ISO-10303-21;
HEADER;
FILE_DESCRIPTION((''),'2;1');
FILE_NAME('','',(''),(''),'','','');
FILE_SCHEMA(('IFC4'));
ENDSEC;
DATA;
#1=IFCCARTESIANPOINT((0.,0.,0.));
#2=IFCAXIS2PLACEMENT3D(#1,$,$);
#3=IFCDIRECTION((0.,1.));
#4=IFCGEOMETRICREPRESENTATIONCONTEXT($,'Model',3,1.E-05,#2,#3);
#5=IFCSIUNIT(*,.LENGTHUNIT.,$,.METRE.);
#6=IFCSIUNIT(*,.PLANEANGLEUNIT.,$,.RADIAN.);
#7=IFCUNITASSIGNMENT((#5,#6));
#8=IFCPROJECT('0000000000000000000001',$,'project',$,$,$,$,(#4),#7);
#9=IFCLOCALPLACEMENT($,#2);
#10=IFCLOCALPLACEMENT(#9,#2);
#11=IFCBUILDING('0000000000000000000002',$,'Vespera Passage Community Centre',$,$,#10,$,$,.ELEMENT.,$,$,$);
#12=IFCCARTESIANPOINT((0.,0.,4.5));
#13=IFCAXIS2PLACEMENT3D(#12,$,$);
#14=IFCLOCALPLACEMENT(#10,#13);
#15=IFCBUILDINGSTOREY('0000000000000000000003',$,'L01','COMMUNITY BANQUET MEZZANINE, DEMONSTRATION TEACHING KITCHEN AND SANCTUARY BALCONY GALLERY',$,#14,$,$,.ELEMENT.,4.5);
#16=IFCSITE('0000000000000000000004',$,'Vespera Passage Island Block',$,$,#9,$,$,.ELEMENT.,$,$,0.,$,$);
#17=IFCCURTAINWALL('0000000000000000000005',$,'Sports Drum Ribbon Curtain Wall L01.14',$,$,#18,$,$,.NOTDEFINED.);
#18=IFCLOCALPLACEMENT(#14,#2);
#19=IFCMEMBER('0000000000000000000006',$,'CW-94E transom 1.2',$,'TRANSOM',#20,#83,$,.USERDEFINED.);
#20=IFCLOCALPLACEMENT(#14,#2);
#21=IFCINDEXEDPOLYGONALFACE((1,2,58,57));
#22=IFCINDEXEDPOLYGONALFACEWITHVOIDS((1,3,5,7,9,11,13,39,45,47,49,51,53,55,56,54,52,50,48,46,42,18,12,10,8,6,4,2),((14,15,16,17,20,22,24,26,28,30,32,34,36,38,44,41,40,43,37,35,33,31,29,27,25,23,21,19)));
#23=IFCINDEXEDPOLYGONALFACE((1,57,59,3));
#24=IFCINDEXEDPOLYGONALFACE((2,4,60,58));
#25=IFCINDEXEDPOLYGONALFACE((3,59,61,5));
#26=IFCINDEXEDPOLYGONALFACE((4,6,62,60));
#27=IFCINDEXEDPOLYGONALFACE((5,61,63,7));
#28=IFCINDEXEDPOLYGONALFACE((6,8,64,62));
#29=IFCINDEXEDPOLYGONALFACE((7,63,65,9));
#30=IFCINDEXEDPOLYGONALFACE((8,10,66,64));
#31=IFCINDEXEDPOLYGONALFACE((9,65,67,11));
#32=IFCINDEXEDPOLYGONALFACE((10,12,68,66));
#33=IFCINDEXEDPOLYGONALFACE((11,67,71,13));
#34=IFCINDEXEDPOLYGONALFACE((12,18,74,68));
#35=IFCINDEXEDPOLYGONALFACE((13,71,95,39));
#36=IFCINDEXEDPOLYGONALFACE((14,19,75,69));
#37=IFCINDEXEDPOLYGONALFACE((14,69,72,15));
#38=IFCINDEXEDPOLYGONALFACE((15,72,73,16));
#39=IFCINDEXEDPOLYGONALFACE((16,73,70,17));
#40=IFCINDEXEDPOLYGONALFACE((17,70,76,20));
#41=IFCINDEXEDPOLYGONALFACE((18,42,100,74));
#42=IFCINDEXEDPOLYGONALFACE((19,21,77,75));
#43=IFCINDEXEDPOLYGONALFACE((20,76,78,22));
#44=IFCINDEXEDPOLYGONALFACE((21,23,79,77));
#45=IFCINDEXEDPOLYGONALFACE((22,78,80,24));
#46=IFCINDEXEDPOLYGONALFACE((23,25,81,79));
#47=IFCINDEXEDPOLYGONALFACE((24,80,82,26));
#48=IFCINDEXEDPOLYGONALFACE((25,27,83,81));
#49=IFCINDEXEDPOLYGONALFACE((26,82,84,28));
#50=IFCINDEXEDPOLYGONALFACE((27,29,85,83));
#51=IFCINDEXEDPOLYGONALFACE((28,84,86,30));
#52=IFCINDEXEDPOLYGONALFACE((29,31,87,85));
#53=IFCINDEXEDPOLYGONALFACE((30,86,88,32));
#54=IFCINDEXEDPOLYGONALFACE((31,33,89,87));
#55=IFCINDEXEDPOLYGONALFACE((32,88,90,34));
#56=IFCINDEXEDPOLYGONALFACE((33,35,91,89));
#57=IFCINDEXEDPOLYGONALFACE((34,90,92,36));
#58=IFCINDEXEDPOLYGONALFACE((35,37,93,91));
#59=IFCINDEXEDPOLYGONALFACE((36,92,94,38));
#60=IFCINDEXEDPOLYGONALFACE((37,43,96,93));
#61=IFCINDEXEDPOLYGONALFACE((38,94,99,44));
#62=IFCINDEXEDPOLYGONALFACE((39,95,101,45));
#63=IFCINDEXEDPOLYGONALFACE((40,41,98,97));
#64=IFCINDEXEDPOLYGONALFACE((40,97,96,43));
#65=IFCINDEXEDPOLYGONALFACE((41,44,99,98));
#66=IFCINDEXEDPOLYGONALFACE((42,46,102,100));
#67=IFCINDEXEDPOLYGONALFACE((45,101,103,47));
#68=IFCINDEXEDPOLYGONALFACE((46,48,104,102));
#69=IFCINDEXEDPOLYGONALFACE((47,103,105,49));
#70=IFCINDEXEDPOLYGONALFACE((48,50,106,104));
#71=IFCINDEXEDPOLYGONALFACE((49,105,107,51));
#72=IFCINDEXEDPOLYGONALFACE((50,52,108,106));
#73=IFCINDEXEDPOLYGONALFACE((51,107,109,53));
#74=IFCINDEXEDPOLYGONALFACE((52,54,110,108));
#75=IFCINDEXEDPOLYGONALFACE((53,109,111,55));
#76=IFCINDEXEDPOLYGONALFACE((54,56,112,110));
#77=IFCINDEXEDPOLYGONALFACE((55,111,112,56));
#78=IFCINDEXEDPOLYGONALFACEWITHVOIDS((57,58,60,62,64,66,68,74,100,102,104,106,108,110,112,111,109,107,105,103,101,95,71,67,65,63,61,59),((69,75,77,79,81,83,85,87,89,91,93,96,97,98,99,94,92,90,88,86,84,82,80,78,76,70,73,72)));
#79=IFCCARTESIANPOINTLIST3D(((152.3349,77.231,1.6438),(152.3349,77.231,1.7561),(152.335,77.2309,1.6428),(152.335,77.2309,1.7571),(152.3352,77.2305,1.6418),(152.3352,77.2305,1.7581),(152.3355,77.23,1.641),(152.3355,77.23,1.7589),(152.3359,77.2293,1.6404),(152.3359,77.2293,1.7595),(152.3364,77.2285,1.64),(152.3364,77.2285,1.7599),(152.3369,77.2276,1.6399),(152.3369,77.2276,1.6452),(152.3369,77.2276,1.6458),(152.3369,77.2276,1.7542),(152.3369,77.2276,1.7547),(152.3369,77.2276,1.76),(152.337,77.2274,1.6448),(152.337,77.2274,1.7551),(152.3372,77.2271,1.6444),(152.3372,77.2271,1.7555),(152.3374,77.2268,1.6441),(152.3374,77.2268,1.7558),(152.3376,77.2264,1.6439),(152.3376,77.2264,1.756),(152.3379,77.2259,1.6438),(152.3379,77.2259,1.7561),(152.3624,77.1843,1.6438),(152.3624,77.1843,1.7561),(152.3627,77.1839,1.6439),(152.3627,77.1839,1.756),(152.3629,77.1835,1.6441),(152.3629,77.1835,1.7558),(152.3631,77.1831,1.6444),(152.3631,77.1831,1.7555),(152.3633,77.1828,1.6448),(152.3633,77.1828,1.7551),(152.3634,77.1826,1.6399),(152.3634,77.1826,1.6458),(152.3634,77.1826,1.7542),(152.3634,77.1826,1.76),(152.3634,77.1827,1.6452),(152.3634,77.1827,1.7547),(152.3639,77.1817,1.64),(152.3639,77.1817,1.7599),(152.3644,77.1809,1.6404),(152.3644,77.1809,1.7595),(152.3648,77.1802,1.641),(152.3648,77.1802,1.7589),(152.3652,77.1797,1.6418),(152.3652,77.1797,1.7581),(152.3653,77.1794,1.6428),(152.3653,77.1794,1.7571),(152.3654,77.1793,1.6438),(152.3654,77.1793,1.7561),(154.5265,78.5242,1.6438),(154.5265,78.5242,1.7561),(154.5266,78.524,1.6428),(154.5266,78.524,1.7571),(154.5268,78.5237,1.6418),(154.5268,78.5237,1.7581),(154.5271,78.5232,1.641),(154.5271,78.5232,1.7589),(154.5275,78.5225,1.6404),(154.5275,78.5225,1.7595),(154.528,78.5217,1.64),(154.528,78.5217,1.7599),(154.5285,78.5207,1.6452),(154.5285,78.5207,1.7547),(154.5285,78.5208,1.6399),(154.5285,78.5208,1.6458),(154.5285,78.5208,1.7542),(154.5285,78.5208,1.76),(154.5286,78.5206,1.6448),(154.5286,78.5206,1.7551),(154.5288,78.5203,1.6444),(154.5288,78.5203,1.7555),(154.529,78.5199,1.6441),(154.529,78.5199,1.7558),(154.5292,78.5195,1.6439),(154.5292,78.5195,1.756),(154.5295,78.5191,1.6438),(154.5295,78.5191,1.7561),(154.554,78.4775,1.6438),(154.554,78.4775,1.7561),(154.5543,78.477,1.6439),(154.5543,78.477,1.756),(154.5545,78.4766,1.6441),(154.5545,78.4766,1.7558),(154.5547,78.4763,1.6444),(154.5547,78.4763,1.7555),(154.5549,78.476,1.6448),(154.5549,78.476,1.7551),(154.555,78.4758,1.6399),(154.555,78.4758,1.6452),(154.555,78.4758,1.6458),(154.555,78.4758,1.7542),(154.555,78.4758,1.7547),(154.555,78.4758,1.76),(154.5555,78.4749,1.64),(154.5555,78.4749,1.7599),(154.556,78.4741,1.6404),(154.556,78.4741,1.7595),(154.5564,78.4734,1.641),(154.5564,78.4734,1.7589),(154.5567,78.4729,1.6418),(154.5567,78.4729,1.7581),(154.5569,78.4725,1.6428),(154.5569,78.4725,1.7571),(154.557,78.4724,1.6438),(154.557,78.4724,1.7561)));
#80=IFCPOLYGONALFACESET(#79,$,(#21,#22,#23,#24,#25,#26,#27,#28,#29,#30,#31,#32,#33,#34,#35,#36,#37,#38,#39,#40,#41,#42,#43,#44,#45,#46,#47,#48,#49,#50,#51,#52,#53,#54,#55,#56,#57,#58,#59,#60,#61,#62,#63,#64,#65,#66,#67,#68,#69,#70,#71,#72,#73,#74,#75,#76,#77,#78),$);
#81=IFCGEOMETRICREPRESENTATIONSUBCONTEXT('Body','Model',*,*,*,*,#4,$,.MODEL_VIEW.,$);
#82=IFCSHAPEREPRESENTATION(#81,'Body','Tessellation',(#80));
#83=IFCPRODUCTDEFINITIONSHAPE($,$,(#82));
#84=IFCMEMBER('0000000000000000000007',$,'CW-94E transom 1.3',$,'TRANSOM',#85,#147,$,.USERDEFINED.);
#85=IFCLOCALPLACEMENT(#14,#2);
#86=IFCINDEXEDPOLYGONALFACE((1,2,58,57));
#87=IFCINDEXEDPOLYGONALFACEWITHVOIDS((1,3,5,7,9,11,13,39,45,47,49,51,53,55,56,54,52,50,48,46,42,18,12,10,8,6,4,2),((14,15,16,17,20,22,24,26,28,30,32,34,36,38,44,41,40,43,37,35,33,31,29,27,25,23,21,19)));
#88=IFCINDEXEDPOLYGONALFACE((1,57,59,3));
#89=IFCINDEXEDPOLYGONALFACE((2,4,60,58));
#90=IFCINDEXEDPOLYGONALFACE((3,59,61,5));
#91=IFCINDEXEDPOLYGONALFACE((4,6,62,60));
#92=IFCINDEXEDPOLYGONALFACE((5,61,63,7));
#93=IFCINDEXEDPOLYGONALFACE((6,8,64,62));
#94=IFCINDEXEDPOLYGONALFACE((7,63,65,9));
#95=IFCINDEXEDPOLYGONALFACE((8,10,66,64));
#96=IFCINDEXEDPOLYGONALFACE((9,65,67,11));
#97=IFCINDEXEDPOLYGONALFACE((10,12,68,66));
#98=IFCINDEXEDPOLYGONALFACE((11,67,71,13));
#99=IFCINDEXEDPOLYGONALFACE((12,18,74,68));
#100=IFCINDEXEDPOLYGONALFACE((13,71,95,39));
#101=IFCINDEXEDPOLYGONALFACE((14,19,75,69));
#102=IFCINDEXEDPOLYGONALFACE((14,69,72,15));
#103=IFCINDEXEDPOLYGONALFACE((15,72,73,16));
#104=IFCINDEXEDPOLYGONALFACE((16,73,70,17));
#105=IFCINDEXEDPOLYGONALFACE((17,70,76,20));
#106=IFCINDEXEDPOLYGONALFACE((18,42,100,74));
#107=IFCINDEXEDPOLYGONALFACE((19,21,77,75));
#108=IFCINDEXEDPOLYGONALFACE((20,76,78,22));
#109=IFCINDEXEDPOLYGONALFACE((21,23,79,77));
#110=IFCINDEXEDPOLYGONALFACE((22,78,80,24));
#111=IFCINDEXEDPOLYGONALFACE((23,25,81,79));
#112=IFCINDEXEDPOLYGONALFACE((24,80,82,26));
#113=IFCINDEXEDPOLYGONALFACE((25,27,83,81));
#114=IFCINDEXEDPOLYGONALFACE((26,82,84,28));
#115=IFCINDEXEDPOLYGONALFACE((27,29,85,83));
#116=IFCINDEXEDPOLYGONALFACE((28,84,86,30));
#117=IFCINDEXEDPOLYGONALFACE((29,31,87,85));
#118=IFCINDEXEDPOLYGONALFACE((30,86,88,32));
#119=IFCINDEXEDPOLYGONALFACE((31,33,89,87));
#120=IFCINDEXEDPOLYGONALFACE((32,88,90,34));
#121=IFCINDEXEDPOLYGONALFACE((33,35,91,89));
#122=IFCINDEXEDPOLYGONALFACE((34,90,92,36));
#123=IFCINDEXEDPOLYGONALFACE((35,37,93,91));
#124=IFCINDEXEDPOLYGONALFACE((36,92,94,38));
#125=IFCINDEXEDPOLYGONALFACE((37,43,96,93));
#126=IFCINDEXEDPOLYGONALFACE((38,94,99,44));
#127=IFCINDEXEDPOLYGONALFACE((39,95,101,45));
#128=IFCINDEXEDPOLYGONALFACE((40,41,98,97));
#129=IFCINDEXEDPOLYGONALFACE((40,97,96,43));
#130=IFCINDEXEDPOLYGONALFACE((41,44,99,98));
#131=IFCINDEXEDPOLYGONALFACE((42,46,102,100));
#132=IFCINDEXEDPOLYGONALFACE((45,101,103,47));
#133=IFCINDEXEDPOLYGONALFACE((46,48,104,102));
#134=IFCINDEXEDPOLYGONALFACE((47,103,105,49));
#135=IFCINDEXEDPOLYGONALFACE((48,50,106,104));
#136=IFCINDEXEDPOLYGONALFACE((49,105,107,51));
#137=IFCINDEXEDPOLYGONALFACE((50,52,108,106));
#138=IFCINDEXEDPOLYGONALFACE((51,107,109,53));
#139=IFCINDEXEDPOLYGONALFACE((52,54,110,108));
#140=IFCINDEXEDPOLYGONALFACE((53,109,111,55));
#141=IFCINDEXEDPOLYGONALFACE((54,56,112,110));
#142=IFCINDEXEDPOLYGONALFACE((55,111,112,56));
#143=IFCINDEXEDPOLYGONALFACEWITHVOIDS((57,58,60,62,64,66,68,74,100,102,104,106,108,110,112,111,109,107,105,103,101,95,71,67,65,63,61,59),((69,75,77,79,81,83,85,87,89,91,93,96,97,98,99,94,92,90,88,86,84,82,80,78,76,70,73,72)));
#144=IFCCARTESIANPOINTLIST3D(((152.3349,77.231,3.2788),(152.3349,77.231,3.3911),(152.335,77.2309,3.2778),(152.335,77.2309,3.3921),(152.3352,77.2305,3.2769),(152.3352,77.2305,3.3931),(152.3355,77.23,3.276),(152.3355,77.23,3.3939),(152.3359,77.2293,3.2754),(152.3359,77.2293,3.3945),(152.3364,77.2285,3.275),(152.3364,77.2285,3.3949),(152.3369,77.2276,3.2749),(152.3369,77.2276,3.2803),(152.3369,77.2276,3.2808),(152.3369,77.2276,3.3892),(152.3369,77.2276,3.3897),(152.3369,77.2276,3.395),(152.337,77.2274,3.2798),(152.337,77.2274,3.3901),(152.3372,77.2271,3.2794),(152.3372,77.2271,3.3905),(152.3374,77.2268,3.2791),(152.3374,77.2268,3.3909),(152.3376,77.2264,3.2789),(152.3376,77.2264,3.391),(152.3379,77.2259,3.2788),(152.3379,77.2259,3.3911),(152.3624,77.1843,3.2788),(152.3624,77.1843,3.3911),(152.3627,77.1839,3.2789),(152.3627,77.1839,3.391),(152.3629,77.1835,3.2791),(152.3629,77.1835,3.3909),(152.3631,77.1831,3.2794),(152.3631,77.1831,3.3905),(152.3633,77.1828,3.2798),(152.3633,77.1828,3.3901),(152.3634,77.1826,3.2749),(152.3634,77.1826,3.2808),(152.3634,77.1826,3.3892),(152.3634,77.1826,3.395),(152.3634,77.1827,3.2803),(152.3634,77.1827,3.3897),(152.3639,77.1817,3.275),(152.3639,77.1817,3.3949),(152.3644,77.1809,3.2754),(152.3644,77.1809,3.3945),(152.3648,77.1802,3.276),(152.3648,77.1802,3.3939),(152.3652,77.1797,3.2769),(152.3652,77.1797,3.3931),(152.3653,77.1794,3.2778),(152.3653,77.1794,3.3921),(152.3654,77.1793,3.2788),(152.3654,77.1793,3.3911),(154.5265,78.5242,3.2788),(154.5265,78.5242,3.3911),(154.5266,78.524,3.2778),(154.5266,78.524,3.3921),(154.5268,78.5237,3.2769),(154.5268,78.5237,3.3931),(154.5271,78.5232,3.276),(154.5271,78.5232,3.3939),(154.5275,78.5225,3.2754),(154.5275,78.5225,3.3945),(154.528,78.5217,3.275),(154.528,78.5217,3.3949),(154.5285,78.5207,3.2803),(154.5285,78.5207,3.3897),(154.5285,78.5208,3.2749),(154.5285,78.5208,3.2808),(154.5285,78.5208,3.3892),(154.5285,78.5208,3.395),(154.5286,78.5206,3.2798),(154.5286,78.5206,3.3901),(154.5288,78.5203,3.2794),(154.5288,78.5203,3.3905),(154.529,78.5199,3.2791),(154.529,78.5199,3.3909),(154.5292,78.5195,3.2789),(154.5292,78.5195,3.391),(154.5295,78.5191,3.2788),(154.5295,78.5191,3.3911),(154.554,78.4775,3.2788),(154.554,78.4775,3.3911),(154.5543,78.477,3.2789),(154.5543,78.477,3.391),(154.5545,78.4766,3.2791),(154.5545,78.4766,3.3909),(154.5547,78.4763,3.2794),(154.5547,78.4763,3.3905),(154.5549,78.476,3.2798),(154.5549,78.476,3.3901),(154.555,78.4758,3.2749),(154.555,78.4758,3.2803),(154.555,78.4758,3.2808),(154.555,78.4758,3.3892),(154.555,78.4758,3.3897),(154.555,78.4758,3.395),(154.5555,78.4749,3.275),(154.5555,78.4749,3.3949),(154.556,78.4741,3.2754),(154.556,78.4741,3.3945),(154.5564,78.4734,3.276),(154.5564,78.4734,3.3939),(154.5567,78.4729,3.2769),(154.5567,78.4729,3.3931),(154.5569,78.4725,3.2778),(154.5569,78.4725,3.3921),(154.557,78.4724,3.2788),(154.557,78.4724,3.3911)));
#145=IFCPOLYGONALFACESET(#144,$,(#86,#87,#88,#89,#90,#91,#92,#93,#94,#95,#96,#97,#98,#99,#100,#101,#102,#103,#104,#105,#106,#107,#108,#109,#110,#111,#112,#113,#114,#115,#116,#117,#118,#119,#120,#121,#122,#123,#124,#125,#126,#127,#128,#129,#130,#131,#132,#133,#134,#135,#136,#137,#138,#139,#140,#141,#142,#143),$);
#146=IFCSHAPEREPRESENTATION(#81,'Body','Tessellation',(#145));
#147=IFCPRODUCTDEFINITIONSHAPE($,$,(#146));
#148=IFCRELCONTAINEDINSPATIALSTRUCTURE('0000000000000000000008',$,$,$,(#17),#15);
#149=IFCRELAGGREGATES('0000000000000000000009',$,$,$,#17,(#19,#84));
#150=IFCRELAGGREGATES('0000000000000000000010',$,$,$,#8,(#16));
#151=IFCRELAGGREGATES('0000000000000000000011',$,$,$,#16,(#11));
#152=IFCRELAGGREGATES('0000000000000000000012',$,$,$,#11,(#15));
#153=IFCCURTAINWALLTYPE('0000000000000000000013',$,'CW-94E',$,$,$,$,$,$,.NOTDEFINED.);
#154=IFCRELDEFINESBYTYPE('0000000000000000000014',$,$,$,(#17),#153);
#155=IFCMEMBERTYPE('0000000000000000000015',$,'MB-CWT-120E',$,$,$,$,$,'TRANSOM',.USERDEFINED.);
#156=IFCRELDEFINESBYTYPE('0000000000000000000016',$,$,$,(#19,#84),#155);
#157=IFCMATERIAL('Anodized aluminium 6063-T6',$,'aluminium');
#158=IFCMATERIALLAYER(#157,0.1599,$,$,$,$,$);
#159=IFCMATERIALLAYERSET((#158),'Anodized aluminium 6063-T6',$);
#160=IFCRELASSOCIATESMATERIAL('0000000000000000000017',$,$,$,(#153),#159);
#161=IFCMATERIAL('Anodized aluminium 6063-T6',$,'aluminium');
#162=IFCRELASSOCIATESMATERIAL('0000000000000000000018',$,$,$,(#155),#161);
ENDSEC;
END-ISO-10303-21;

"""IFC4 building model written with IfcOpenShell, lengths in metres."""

from ifc_helpers import new_model, si_unit, direction, frame, origin, origin_2d, place, context, subcontext, project, spatial, hollow_rectangle, extrude, material, layer, layer_set, material_profile, profile_set, type_object, element, aggregate, save


model = new_model("IFC4")

# Units and contexts
model_context = context("Model", 3, precision=1e-05, world=origin(), true_north=direction((0.0, 1.0)))
body_context = subcontext(model_context, "Body", "Model", "MODEL_VIEW")
ifc_project = project(units=[si_unit("LENGTHUNIT", "METRE"), si_unit("PLANEANGLEUNIT", "RADIAN")], contexts=[model_context])

# Site, building, storey
site_placement = place(None, origin())
site = spatial("IfcSite", under=ifc_project, at=site_placement, Name="Vespera Passage Island Block", CompositionType="ELEMENT", RefElevation=0.0)
building_placement = place(site_placement, origin())
building = spatial("IfcBuilding", under=site, at=building_placement, Name="Vespera Passage Community Centre", CompositionType="ELEMENT")
storey_placement = place(building_placement, frame((0.0, 0.0, 4.5)))
storey = spatial("IfcBuildingStorey", under=building, at=storey_placement, Name="L01", Description="COMMUNITY BANQUET MEZZANINE, DEMONSTRATION TEACHING KITCHEN AND SANCTUARY BALCONY GALLERY", CompositionType="ELEMENT", Elevation=4.5)

# Curtain wall
ifc_material_1 = material(Name="Anodized aluminium 6063-T6", Category="aluminium")
ifc_layer_1 = layer(ifc_material_1, 0.1599)
ifc_layer_set_1 = layer_set([ifc_layer_1], Name="Anodized aluminium 6063-T6")
curtain_wall_type_1 = type_object("IfcCurtainWallType", Name="CW-94E", PredefinedType="NOTDEFINED", material=ifc_layer_set_1)
curtain_wall_1_placement = place(storey_placement, origin())
curtain_wall_1 = element("IfcCurtainWall", 1, at=curtain_wall_1_placement, inside=storey, type_object=curtain_wall_type_1, Name="Sports Drum Ribbon Curtain Wall L01.14", PredefinedType="NOTDEFINED")

# Members
ifc_material_2 = material(Name="Anodized aluminium 6063-T6", Category="aluminium")
ifc_material_profile_1 = material_profile(ifc_material_2, hollow_rectangle(XDim=0.0601, YDim=0.1201, WallThickness=0.0039, InnerFilletRadius=0.002, OuterFilletRadius=0.0039, at=origin_2d()), Name="ALU120X60X4")
ifc_profile_set_1 = profile_set([ifc_material_profile_1], Name="Anodized aluminium 6063-T6")
member_type_1 = type_object("IfcMemberType", Name="MB-CWT-120E", ElementType="TRANSOM", PredefinedType="USERDEFINED", material=ifc_profile_set_1)
member_1_placement = place(storey_placement, frame((154.5417, 78.4983, 1.7), z_axis=(-0.861245, -0.508189, 0.0), x_axis=(0.508189, -0.861245, 0.0)))
member_1 = element("IfcMember", 2, at=member_1_placement, type_object=member_type_1, Name="CW-94E transom 1.2", ObjectType="TRANSOM", PredefinedType="USERDEFINED", context=body_context, shape_type="SweptSolid", body=[
    extrude(hollow_rectangle(XDim=0.0601, YDim=0.1201, WallThickness=0.0039, InnerFilletRadius=0.002, OuterFilletRadius=0.0039, at=origin_2d()), origin(), (0.0, 0.0, 1.0), 2.5447),
])
member_2_placement = place(storey_placement, frame((154.5417, 78.4983, 3.335), z_axis=(-0.861245, -0.508189, 0.0), x_axis=(0.508189, -0.861245, 0.0)))
member_2 = element("IfcMember", 3, at=member_2_placement, type_object=member_type_1, Name="CW-94E transom 1.3", ObjectType="TRANSOM", PredefinedType="USERDEFINED", context=body_context, shape_type="SweptSolid", body=[
    extrude(hollow_rectangle(XDim=0.0601, YDim=0.1201, WallThickness=0.0039, InnerFilletRadius=0.002, OuterFilletRadius=0.0039, at=origin_2d()), origin(), (0.0, 0.0, 1.0), 2.5447),
])

aggregate(curtain_wall_1, [member_1, member_2])

save(model, "model.ifc")
